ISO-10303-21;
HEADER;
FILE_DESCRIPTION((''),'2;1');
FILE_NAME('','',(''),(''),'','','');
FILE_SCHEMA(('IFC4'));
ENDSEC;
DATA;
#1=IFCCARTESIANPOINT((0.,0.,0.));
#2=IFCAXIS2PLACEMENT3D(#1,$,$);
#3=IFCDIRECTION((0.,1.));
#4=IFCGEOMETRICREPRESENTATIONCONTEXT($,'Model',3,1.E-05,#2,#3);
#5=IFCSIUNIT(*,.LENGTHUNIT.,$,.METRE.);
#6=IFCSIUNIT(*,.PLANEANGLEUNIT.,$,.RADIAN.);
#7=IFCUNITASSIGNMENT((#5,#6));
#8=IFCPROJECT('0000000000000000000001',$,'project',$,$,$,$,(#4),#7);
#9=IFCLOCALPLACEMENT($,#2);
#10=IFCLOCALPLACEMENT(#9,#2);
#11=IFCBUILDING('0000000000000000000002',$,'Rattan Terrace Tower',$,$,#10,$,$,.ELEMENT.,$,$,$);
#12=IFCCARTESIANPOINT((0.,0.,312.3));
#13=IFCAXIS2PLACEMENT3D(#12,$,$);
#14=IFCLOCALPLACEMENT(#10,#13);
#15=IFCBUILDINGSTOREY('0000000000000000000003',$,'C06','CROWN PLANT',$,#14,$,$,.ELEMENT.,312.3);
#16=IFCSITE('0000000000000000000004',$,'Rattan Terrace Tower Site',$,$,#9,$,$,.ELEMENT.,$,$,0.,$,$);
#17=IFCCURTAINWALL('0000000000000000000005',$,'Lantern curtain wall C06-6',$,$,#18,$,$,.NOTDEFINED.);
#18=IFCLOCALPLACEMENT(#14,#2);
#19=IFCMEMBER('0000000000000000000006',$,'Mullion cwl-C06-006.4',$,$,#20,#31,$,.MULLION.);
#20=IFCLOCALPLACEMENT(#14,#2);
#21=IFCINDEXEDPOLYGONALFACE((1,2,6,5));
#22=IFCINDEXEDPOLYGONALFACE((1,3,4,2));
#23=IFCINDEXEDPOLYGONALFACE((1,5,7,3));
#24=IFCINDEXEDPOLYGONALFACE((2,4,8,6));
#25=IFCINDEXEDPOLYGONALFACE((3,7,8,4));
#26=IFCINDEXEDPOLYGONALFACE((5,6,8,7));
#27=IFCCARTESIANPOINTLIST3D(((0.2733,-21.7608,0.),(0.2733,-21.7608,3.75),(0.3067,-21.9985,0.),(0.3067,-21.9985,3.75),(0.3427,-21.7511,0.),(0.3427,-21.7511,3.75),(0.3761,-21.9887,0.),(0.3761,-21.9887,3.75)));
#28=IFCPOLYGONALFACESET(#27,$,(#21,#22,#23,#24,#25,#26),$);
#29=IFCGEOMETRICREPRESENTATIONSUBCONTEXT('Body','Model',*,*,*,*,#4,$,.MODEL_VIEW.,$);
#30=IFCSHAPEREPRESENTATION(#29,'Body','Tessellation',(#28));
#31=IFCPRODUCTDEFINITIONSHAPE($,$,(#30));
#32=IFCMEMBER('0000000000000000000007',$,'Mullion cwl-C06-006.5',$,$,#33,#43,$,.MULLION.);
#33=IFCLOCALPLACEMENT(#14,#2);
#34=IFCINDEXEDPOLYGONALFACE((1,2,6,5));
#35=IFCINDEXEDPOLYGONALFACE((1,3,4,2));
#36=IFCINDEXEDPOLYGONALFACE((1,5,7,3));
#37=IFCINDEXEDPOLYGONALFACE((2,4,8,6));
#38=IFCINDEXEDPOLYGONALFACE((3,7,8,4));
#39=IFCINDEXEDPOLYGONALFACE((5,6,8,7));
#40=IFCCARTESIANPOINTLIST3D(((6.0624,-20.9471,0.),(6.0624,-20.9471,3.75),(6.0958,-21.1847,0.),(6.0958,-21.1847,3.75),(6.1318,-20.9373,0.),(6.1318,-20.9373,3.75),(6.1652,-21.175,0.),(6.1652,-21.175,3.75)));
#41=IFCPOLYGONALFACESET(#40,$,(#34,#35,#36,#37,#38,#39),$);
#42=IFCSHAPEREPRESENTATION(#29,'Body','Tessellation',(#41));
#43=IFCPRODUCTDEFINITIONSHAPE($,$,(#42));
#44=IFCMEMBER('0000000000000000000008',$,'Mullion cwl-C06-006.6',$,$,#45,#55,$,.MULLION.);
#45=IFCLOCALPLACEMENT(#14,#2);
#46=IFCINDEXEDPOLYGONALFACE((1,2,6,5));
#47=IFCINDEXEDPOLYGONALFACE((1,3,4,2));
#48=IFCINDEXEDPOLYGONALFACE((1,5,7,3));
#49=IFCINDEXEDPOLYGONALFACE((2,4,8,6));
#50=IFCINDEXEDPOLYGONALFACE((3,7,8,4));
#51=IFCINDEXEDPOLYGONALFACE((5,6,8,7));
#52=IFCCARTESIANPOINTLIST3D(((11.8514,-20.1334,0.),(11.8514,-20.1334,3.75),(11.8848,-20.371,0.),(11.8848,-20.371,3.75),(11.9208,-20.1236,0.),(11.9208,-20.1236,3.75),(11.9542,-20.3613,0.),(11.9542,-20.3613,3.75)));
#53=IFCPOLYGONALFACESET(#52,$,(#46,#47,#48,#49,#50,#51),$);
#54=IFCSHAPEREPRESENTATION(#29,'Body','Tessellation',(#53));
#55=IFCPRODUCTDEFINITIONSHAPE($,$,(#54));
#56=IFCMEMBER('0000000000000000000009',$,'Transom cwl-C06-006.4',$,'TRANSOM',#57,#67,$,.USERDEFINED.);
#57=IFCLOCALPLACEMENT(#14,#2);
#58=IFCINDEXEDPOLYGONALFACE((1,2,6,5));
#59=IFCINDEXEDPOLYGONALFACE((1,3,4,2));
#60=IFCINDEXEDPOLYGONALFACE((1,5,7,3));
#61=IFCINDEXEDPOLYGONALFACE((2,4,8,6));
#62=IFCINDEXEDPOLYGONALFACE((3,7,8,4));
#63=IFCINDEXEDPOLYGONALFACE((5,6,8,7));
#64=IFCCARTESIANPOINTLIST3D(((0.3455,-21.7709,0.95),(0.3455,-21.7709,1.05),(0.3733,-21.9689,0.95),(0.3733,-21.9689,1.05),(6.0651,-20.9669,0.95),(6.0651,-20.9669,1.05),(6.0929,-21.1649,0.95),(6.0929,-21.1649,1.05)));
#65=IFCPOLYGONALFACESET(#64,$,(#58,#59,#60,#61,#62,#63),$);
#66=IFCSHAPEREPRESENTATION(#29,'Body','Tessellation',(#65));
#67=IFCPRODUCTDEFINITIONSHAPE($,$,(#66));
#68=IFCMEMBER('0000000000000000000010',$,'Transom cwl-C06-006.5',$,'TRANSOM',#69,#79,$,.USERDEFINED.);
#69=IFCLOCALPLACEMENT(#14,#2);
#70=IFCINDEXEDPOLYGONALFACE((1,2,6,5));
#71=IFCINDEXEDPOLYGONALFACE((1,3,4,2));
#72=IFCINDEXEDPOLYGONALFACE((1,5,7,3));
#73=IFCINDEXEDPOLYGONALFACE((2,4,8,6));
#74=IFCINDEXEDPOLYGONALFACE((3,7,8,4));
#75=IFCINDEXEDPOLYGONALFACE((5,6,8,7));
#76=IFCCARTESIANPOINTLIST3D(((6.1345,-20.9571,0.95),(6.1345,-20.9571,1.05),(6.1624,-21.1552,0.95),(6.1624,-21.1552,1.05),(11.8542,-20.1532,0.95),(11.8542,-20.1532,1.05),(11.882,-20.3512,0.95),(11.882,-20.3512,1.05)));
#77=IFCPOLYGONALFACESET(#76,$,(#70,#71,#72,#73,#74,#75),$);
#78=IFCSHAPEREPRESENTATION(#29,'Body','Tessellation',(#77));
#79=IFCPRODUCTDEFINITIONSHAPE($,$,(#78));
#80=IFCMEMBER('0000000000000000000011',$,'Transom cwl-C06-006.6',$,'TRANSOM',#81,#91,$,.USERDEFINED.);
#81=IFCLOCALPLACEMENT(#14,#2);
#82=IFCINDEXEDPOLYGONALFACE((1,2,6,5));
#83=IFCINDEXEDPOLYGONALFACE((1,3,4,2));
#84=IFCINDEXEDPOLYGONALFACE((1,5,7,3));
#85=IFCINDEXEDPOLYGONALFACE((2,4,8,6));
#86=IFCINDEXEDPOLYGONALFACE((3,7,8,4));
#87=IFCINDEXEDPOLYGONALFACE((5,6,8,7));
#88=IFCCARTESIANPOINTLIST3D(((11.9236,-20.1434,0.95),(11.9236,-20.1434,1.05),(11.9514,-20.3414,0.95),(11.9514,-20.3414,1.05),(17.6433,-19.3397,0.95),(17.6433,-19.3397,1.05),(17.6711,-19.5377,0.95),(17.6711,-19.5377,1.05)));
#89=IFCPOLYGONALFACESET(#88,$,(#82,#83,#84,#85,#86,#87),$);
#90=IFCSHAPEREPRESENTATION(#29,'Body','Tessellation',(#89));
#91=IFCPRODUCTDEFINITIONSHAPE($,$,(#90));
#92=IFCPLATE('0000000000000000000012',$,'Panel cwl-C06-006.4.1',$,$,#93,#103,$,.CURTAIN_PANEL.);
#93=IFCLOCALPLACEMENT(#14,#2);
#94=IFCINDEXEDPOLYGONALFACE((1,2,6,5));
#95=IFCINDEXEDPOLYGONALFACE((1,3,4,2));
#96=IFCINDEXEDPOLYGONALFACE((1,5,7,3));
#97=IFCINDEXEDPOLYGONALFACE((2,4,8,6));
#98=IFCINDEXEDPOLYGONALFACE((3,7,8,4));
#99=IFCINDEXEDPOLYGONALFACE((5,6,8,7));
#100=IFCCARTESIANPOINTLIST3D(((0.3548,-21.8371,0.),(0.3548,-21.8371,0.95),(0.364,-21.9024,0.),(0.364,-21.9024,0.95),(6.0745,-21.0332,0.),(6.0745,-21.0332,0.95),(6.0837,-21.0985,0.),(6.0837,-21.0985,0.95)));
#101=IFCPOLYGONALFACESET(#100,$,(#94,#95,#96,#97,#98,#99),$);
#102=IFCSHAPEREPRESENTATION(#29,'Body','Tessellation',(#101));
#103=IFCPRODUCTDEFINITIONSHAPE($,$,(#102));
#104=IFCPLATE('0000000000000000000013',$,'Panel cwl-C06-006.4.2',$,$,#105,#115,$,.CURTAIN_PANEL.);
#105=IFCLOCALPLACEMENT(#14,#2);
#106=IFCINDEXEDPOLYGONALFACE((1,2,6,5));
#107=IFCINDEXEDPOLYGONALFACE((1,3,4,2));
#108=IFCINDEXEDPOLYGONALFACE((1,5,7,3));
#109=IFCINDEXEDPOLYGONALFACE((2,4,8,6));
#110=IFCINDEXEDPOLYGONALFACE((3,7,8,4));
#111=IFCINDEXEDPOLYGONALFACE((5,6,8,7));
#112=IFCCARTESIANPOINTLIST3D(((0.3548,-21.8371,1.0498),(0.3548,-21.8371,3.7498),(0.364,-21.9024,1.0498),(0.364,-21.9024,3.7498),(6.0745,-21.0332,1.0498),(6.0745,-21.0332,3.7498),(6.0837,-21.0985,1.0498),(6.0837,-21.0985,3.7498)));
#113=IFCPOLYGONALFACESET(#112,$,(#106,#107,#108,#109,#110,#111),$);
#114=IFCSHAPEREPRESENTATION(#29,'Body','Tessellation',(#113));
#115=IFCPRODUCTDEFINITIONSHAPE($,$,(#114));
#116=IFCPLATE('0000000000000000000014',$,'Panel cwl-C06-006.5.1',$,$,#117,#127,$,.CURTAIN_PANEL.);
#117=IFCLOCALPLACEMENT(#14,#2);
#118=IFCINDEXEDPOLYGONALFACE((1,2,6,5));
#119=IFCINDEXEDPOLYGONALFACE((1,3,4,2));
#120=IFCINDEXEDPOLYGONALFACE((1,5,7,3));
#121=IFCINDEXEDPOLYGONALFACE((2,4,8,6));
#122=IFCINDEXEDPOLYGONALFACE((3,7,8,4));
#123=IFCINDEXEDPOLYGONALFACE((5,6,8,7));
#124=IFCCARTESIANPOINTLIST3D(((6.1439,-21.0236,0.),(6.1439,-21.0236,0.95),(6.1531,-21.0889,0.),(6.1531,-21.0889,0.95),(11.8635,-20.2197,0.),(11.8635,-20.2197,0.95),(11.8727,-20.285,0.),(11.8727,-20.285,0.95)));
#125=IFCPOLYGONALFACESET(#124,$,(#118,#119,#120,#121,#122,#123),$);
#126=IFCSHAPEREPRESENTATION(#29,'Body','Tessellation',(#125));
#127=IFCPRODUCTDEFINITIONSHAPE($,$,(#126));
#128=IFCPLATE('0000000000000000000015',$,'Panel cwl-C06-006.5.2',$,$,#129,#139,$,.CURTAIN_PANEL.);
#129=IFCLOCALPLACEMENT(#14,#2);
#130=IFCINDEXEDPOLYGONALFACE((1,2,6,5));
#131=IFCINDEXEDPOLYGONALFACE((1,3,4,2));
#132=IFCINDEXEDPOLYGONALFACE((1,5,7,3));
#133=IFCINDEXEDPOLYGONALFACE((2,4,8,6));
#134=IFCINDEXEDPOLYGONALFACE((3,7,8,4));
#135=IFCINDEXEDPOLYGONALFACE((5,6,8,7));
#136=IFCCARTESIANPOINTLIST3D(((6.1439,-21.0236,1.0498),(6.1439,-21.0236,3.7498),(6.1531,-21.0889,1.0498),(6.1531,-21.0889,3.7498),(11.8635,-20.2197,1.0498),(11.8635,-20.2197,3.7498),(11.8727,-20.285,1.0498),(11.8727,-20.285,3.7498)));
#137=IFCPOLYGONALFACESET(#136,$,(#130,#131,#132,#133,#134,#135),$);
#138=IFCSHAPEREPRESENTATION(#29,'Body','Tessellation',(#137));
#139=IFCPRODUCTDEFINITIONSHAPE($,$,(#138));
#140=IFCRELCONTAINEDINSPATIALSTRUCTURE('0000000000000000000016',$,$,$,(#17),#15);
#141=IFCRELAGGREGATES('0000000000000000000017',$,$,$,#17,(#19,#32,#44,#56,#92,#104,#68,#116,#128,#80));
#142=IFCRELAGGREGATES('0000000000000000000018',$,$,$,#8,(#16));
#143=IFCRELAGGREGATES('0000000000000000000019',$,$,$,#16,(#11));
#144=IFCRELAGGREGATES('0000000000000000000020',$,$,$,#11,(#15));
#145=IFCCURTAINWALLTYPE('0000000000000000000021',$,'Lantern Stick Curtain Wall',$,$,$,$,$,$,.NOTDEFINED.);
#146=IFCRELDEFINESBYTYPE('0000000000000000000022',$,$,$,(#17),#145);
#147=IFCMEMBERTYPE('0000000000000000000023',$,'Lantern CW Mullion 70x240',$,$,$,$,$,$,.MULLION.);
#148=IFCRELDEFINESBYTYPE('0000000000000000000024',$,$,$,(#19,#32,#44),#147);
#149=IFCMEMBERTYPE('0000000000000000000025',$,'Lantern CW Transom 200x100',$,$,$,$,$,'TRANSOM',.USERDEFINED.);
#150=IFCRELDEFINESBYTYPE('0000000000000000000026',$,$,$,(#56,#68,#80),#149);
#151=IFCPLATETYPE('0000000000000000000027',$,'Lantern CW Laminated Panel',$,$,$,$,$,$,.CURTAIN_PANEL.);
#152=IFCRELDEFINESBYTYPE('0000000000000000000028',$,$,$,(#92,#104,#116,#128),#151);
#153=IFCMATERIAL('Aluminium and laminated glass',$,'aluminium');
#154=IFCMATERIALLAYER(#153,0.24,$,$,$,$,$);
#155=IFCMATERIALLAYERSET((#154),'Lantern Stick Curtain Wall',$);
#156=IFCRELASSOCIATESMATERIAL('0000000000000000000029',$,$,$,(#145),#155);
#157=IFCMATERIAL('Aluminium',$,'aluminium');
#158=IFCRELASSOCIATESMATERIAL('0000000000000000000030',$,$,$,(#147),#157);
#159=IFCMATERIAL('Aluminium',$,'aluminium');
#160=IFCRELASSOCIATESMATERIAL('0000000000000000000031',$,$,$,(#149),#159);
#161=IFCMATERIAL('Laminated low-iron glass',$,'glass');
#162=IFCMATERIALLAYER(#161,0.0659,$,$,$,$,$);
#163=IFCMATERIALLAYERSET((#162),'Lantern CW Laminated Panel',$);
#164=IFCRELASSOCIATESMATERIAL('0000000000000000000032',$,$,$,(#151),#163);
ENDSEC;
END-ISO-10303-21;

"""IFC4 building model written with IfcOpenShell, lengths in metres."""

from ifc_helpers import new_model, si_unit, direction, frame, origin, origin_2d, place, context, subcontext, project, spatial, rectangle, extrude, material, layer, layer_set, material_profile, profile_set, type_object, element, aggregate, save


model = new_model("IFC4")

# Units and contexts
model_context = context("Model", 3, precision=1e-05, world=origin(), true_north=direction((0.0, 1.0)))
body_context = subcontext(model_context, "Body", "Model", "MODEL_VIEW")
ifc_project = project(units=[si_unit("LENGTHUNIT", "METRE"), si_unit("PLANEANGLEUNIT", "RADIAN")], contexts=[model_context])

# Site, building, storey
site_placement = place(None, origin())
site = spatial("IfcSite", under=ifc_project, at=site_placement, Name="Rattan Terrace Tower Site", CompositionType="ELEMENT", RefElevation=0.0)
building_placement = place(site_placement, origin())
building = spatial("IfcBuilding", under=site, at=building_placement, Name="Rattan Terrace Tower", CompositionType="ELEMENT")
storey_placement = place(building_placement, frame((0.0, 0.0, 312.3)))
storey = spatial("IfcBuildingStorey", under=building, at=storey_placement, Name="C06", Description="CROWN PLANT", CompositionType="ELEMENT", Elevation=312.3)

# Curtain wall, members, plates
ifc_material_1 = material(Name="Aluminium and laminated glass", Category="aluminium")
ifc_layer_1 = layer(ifc_material_1, 0.24)
ifc_layer_set_1 = layer_set([ifc_layer_1], Name="Lantern Stick Curtain Wall")
curtain_wall_type = type_object("IfcCurtainWallType", Name="Lantern Stick Curtain Wall", PredefinedType="NOTDEFINED", material=ifc_layer_set_1)
curtain_wall_placement = place(storey_placement, origin())
curtain_wall = element("IfcCurtainWall", 1, at=curtain_wall_placement, inside=storey, type_object=curtain_wall_type, Name="Lantern curtain wall C06-6", PredefinedType="NOTDEFINED")
ifc_material_2 = material(Name="Aluminium", Category="aluminium")
ifc_material_profile_1 = material_profile(ifc_material_2, rectangle(XDim=0.0701, YDim=0.24, at=origin_2d()), Name="Aluminium 70x240")
ifc_profile_set_1 = profile_set([ifc_material_profile_1], Name="Aluminium")
member_type_1 = type_object("IfcMemberType", Name="Lantern CW Mullion 70x240", PredefinedType="MULLION", material=ifc_profile_set_1)
member_1_placement = place(storey_placement, frame((0.3247, -21.8748, 0.0), z_axis=(0.0, 0.0, 1.0), x_axis=(0.990267, 0.139181, 0.0)))
member_1 = element("IfcMember", 2, at=member_1_placement, type_object=member_type_1, Name="Mullion cwl-C06-006.4", PredefinedType="MULLION", context=body_context, shape_type="SweptSolid", body=[
    extrude(rectangle(XDim=0.0701, YDim=0.24, at=origin_2d()), origin(), (0.0, 0.0, 1.0), 3.75),
])
member_2_placement = place(storey_placement, frame((6.1138, -21.061, 0.0), z_axis=(0.0, 0.0, 1.0), x_axis=(0.990267, 0.139181, 0.0)))
member_2 = element("IfcMember", 3, at=member_2_placement, type_object=member_type_1, Name="Mullion cwl-C06-006.5", PredefinedType="MULLION", context=body_context, shape_type="SweptSolid", body=[
    extrude(rectangle(XDim=0.0701, YDim=0.24, at=origin_2d()), origin(), (0.0, 0.0, 1.0), 3.75),
])
member_3_placement = place(storey_placement, frame((11.9028, -20.2473, 0.0), z_axis=(0.0, 0.0, 1.0), x_axis=(0.990267, 0.139181, 0.0)))
member_3 = element("IfcMember", 4, at=member_3_placement, type_object=member_type_1, Name="Mullion cwl-C06-006.6", PredefinedType="MULLION", context=body_context, shape_type="SweptSolid", body=[
    extrude(rectangle(XDim=0.0701, YDim=0.24, at=origin_2d()), origin(), (0.0, 0.0, 1.0), 3.75),
])
ifc_material_3 = material(Name="Aluminium", Category="aluminium")
ifc_material_profile_2 = material_profile(ifc_material_3, rectangle(XDim=0.2, YDim=0.1001, at=origin_2d()), Name="Aluminium 200x100")
ifc_profile_set_2 = profile_set([ifc_material_profile_2], Name="Aluminium")
member_type_2 = type_object("IfcMemberType", Name="Lantern CW Transom 200x100", ElementType="TRANSOM", PredefinedType="USERDEFINED", material=ifc_profile_set_2)
member_4_placement = place(storey_placement, frame((0.3594, -21.8699, 1.0), z_axis=(0.990266, 0.13919, 0.0), x_axis=(-0.13919, 0.990266, 0.0)))
member_4 = element("IfcMember", 5, at=member_4_placement, type_object=member_type_2, Name="Transom cwl-C06-006.4", ObjectType="TRANSOM", PredefinedType="USERDEFINED", context=body_context, shape_type="SweptSolid", body=[
    extrude(rectangle(XDim=0.2, YDim=0.1001, at=origin_2d()), origin(), (0.0, 0.0, 1.0), 5.7759),
])
member_5_placement = place(storey_placement, frame((6.1484, -21.0562, 1.0), z_axis=(0.990266, 0.13919, 0.0), x_axis=(-0.13919, 0.990266, 0.0)))
member_5 = element("IfcMember", 6, at=member_5_placement, type_object=member_type_2, Name="Transom cwl-C06-006.5", ObjectType="TRANSOM", PredefinedType="USERDEFINED", context=body_context, shape_type="SweptSolid", body=[
    extrude(rectangle(XDim=0.2, YDim=0.1001, at=origin_2d()), origin(), (0.0, 0.0, 1.0), 5.7759),
])
member_6_placement = place(storey_placement, frame((11.9375, -20.2424, 1.0), z_axis=(0.990272, 0.139149, 0.0), x_axis=(-0.139149, 0.990272, 0.0)))
member_6 = element("IfcMember", 7, at=member_6_placement, type_object=member_type_2, Name="Transom cwl-C06-006.6", ObjectType="TRANSOM", PredefinedType="USERDEFINED", context=body_context, shape_type="SweptSolid", body=[
    extrude(rectangle(XDim=0.2, YDim=0.1001, at=origin_2d()), origin(), (0.0, 0.0, 1.0), 5.7759),
])
ifc_material_4 = material(Name="Laminated low-iron glass", Category="glass")
ifc_layer_2 = layer(ifc_material_4, 0.0659)
ifc_layer_set_2 = layer_set([ifc_layer_2], Name="Lantern CW Laminated Panel")
plate_type = type_object("IfcPlateType", Name="Lantern CW Laminated Panel", PredefinedType="CURTAIN_PANEL", material=ifc_layer_set_2)
plate_1_placement = place(storey_placement, frame((3.2192, -21.4678, 0.0), z_axis=(0.0, 0.0, 1.0), x_axis=(0.990267, 0.139181, 0.0)))
plate_1 = element("IfcPlate", 8, at=plate_1_placement, type_object=plate_type, Name="Panel cwl-C06-006.4.1", PredefinedType="CURTAIN_PANEL", context=body_context, shape_type="SweptSolid", body=[
    extrude(rectangle(XDim=5.7759, YDim=0.0659, at=origin_2d()), origin(), (0.0, 0.0, 1.0), 0.95),
])
plate_2_placement = place(storey_placement, frame((3.2192, -21.4678, 1.0498), z_axis=(0.0, 0.0, 1.0), x_axis=(0.990267, 0.139181, 0.0)))
plate_2 = element("IfcPlate", 9, at=plate_2_placement, type_object=plate_type, Name="Panel cwl-C06-006.4.2", PredefinedType="CURTAIN_PANEL", context=body_context, shape_type="SweptSolid", body=[
    extrude(rectangle(XDim=5.7759, YDim=0.0659, at=origin_2d()), origin(), (0.0, 0.0, 1.0), 2.7),
])
plate_3_placement = place(storey_placement, frame((9.0083, -20.6543, 0.0), z_axis=(0.0, 0.0, 1.0), x_axis=(0.990267, 0.139181, 0.0)))
plate_3 = element("IfcPlate", 10, at=plate_3_placement, type_object=plate_type, Name="Panel cwl-C06-006.5.1", PredefinedType="CURTAIN_PANEL", context=body_context, shape_type="SweptSolid", body=[
    extrude(rectangle(XDim=5.7759, YDim=0.0659, at=origin_2d()), origin(), (0.0, 0.0, 1.0), 0.95),
])
plate_4_placement = place(storey_placement, frame((9.0083, -20.6543, 1.0498), z_axis=(0.0, 0.0, 1.0), x_axis=(0.990267, 0.139181, 0.0)))
plate_4 = element("IfcPlate", 11, at=plate_4_placement, type_object=plate_type, Name="Panel cwl-C06-006.5.2", PredefinedType="CURTAIN_PANEL", context=body_context, shape_type="SweptSolid", body=[
    extrude(rectangle(XDim=5.7759, YDim=0.0659, at=origin_2d()), origin(), (0.0, 0.0, 1.0), 2.7),
])
aggregate(curtain_wall, [member_1, member_2, member_3, member_4, plate_1, plate_2, member_5, plate_3, plate_4, member_6])

save(model, "model.ifc")
